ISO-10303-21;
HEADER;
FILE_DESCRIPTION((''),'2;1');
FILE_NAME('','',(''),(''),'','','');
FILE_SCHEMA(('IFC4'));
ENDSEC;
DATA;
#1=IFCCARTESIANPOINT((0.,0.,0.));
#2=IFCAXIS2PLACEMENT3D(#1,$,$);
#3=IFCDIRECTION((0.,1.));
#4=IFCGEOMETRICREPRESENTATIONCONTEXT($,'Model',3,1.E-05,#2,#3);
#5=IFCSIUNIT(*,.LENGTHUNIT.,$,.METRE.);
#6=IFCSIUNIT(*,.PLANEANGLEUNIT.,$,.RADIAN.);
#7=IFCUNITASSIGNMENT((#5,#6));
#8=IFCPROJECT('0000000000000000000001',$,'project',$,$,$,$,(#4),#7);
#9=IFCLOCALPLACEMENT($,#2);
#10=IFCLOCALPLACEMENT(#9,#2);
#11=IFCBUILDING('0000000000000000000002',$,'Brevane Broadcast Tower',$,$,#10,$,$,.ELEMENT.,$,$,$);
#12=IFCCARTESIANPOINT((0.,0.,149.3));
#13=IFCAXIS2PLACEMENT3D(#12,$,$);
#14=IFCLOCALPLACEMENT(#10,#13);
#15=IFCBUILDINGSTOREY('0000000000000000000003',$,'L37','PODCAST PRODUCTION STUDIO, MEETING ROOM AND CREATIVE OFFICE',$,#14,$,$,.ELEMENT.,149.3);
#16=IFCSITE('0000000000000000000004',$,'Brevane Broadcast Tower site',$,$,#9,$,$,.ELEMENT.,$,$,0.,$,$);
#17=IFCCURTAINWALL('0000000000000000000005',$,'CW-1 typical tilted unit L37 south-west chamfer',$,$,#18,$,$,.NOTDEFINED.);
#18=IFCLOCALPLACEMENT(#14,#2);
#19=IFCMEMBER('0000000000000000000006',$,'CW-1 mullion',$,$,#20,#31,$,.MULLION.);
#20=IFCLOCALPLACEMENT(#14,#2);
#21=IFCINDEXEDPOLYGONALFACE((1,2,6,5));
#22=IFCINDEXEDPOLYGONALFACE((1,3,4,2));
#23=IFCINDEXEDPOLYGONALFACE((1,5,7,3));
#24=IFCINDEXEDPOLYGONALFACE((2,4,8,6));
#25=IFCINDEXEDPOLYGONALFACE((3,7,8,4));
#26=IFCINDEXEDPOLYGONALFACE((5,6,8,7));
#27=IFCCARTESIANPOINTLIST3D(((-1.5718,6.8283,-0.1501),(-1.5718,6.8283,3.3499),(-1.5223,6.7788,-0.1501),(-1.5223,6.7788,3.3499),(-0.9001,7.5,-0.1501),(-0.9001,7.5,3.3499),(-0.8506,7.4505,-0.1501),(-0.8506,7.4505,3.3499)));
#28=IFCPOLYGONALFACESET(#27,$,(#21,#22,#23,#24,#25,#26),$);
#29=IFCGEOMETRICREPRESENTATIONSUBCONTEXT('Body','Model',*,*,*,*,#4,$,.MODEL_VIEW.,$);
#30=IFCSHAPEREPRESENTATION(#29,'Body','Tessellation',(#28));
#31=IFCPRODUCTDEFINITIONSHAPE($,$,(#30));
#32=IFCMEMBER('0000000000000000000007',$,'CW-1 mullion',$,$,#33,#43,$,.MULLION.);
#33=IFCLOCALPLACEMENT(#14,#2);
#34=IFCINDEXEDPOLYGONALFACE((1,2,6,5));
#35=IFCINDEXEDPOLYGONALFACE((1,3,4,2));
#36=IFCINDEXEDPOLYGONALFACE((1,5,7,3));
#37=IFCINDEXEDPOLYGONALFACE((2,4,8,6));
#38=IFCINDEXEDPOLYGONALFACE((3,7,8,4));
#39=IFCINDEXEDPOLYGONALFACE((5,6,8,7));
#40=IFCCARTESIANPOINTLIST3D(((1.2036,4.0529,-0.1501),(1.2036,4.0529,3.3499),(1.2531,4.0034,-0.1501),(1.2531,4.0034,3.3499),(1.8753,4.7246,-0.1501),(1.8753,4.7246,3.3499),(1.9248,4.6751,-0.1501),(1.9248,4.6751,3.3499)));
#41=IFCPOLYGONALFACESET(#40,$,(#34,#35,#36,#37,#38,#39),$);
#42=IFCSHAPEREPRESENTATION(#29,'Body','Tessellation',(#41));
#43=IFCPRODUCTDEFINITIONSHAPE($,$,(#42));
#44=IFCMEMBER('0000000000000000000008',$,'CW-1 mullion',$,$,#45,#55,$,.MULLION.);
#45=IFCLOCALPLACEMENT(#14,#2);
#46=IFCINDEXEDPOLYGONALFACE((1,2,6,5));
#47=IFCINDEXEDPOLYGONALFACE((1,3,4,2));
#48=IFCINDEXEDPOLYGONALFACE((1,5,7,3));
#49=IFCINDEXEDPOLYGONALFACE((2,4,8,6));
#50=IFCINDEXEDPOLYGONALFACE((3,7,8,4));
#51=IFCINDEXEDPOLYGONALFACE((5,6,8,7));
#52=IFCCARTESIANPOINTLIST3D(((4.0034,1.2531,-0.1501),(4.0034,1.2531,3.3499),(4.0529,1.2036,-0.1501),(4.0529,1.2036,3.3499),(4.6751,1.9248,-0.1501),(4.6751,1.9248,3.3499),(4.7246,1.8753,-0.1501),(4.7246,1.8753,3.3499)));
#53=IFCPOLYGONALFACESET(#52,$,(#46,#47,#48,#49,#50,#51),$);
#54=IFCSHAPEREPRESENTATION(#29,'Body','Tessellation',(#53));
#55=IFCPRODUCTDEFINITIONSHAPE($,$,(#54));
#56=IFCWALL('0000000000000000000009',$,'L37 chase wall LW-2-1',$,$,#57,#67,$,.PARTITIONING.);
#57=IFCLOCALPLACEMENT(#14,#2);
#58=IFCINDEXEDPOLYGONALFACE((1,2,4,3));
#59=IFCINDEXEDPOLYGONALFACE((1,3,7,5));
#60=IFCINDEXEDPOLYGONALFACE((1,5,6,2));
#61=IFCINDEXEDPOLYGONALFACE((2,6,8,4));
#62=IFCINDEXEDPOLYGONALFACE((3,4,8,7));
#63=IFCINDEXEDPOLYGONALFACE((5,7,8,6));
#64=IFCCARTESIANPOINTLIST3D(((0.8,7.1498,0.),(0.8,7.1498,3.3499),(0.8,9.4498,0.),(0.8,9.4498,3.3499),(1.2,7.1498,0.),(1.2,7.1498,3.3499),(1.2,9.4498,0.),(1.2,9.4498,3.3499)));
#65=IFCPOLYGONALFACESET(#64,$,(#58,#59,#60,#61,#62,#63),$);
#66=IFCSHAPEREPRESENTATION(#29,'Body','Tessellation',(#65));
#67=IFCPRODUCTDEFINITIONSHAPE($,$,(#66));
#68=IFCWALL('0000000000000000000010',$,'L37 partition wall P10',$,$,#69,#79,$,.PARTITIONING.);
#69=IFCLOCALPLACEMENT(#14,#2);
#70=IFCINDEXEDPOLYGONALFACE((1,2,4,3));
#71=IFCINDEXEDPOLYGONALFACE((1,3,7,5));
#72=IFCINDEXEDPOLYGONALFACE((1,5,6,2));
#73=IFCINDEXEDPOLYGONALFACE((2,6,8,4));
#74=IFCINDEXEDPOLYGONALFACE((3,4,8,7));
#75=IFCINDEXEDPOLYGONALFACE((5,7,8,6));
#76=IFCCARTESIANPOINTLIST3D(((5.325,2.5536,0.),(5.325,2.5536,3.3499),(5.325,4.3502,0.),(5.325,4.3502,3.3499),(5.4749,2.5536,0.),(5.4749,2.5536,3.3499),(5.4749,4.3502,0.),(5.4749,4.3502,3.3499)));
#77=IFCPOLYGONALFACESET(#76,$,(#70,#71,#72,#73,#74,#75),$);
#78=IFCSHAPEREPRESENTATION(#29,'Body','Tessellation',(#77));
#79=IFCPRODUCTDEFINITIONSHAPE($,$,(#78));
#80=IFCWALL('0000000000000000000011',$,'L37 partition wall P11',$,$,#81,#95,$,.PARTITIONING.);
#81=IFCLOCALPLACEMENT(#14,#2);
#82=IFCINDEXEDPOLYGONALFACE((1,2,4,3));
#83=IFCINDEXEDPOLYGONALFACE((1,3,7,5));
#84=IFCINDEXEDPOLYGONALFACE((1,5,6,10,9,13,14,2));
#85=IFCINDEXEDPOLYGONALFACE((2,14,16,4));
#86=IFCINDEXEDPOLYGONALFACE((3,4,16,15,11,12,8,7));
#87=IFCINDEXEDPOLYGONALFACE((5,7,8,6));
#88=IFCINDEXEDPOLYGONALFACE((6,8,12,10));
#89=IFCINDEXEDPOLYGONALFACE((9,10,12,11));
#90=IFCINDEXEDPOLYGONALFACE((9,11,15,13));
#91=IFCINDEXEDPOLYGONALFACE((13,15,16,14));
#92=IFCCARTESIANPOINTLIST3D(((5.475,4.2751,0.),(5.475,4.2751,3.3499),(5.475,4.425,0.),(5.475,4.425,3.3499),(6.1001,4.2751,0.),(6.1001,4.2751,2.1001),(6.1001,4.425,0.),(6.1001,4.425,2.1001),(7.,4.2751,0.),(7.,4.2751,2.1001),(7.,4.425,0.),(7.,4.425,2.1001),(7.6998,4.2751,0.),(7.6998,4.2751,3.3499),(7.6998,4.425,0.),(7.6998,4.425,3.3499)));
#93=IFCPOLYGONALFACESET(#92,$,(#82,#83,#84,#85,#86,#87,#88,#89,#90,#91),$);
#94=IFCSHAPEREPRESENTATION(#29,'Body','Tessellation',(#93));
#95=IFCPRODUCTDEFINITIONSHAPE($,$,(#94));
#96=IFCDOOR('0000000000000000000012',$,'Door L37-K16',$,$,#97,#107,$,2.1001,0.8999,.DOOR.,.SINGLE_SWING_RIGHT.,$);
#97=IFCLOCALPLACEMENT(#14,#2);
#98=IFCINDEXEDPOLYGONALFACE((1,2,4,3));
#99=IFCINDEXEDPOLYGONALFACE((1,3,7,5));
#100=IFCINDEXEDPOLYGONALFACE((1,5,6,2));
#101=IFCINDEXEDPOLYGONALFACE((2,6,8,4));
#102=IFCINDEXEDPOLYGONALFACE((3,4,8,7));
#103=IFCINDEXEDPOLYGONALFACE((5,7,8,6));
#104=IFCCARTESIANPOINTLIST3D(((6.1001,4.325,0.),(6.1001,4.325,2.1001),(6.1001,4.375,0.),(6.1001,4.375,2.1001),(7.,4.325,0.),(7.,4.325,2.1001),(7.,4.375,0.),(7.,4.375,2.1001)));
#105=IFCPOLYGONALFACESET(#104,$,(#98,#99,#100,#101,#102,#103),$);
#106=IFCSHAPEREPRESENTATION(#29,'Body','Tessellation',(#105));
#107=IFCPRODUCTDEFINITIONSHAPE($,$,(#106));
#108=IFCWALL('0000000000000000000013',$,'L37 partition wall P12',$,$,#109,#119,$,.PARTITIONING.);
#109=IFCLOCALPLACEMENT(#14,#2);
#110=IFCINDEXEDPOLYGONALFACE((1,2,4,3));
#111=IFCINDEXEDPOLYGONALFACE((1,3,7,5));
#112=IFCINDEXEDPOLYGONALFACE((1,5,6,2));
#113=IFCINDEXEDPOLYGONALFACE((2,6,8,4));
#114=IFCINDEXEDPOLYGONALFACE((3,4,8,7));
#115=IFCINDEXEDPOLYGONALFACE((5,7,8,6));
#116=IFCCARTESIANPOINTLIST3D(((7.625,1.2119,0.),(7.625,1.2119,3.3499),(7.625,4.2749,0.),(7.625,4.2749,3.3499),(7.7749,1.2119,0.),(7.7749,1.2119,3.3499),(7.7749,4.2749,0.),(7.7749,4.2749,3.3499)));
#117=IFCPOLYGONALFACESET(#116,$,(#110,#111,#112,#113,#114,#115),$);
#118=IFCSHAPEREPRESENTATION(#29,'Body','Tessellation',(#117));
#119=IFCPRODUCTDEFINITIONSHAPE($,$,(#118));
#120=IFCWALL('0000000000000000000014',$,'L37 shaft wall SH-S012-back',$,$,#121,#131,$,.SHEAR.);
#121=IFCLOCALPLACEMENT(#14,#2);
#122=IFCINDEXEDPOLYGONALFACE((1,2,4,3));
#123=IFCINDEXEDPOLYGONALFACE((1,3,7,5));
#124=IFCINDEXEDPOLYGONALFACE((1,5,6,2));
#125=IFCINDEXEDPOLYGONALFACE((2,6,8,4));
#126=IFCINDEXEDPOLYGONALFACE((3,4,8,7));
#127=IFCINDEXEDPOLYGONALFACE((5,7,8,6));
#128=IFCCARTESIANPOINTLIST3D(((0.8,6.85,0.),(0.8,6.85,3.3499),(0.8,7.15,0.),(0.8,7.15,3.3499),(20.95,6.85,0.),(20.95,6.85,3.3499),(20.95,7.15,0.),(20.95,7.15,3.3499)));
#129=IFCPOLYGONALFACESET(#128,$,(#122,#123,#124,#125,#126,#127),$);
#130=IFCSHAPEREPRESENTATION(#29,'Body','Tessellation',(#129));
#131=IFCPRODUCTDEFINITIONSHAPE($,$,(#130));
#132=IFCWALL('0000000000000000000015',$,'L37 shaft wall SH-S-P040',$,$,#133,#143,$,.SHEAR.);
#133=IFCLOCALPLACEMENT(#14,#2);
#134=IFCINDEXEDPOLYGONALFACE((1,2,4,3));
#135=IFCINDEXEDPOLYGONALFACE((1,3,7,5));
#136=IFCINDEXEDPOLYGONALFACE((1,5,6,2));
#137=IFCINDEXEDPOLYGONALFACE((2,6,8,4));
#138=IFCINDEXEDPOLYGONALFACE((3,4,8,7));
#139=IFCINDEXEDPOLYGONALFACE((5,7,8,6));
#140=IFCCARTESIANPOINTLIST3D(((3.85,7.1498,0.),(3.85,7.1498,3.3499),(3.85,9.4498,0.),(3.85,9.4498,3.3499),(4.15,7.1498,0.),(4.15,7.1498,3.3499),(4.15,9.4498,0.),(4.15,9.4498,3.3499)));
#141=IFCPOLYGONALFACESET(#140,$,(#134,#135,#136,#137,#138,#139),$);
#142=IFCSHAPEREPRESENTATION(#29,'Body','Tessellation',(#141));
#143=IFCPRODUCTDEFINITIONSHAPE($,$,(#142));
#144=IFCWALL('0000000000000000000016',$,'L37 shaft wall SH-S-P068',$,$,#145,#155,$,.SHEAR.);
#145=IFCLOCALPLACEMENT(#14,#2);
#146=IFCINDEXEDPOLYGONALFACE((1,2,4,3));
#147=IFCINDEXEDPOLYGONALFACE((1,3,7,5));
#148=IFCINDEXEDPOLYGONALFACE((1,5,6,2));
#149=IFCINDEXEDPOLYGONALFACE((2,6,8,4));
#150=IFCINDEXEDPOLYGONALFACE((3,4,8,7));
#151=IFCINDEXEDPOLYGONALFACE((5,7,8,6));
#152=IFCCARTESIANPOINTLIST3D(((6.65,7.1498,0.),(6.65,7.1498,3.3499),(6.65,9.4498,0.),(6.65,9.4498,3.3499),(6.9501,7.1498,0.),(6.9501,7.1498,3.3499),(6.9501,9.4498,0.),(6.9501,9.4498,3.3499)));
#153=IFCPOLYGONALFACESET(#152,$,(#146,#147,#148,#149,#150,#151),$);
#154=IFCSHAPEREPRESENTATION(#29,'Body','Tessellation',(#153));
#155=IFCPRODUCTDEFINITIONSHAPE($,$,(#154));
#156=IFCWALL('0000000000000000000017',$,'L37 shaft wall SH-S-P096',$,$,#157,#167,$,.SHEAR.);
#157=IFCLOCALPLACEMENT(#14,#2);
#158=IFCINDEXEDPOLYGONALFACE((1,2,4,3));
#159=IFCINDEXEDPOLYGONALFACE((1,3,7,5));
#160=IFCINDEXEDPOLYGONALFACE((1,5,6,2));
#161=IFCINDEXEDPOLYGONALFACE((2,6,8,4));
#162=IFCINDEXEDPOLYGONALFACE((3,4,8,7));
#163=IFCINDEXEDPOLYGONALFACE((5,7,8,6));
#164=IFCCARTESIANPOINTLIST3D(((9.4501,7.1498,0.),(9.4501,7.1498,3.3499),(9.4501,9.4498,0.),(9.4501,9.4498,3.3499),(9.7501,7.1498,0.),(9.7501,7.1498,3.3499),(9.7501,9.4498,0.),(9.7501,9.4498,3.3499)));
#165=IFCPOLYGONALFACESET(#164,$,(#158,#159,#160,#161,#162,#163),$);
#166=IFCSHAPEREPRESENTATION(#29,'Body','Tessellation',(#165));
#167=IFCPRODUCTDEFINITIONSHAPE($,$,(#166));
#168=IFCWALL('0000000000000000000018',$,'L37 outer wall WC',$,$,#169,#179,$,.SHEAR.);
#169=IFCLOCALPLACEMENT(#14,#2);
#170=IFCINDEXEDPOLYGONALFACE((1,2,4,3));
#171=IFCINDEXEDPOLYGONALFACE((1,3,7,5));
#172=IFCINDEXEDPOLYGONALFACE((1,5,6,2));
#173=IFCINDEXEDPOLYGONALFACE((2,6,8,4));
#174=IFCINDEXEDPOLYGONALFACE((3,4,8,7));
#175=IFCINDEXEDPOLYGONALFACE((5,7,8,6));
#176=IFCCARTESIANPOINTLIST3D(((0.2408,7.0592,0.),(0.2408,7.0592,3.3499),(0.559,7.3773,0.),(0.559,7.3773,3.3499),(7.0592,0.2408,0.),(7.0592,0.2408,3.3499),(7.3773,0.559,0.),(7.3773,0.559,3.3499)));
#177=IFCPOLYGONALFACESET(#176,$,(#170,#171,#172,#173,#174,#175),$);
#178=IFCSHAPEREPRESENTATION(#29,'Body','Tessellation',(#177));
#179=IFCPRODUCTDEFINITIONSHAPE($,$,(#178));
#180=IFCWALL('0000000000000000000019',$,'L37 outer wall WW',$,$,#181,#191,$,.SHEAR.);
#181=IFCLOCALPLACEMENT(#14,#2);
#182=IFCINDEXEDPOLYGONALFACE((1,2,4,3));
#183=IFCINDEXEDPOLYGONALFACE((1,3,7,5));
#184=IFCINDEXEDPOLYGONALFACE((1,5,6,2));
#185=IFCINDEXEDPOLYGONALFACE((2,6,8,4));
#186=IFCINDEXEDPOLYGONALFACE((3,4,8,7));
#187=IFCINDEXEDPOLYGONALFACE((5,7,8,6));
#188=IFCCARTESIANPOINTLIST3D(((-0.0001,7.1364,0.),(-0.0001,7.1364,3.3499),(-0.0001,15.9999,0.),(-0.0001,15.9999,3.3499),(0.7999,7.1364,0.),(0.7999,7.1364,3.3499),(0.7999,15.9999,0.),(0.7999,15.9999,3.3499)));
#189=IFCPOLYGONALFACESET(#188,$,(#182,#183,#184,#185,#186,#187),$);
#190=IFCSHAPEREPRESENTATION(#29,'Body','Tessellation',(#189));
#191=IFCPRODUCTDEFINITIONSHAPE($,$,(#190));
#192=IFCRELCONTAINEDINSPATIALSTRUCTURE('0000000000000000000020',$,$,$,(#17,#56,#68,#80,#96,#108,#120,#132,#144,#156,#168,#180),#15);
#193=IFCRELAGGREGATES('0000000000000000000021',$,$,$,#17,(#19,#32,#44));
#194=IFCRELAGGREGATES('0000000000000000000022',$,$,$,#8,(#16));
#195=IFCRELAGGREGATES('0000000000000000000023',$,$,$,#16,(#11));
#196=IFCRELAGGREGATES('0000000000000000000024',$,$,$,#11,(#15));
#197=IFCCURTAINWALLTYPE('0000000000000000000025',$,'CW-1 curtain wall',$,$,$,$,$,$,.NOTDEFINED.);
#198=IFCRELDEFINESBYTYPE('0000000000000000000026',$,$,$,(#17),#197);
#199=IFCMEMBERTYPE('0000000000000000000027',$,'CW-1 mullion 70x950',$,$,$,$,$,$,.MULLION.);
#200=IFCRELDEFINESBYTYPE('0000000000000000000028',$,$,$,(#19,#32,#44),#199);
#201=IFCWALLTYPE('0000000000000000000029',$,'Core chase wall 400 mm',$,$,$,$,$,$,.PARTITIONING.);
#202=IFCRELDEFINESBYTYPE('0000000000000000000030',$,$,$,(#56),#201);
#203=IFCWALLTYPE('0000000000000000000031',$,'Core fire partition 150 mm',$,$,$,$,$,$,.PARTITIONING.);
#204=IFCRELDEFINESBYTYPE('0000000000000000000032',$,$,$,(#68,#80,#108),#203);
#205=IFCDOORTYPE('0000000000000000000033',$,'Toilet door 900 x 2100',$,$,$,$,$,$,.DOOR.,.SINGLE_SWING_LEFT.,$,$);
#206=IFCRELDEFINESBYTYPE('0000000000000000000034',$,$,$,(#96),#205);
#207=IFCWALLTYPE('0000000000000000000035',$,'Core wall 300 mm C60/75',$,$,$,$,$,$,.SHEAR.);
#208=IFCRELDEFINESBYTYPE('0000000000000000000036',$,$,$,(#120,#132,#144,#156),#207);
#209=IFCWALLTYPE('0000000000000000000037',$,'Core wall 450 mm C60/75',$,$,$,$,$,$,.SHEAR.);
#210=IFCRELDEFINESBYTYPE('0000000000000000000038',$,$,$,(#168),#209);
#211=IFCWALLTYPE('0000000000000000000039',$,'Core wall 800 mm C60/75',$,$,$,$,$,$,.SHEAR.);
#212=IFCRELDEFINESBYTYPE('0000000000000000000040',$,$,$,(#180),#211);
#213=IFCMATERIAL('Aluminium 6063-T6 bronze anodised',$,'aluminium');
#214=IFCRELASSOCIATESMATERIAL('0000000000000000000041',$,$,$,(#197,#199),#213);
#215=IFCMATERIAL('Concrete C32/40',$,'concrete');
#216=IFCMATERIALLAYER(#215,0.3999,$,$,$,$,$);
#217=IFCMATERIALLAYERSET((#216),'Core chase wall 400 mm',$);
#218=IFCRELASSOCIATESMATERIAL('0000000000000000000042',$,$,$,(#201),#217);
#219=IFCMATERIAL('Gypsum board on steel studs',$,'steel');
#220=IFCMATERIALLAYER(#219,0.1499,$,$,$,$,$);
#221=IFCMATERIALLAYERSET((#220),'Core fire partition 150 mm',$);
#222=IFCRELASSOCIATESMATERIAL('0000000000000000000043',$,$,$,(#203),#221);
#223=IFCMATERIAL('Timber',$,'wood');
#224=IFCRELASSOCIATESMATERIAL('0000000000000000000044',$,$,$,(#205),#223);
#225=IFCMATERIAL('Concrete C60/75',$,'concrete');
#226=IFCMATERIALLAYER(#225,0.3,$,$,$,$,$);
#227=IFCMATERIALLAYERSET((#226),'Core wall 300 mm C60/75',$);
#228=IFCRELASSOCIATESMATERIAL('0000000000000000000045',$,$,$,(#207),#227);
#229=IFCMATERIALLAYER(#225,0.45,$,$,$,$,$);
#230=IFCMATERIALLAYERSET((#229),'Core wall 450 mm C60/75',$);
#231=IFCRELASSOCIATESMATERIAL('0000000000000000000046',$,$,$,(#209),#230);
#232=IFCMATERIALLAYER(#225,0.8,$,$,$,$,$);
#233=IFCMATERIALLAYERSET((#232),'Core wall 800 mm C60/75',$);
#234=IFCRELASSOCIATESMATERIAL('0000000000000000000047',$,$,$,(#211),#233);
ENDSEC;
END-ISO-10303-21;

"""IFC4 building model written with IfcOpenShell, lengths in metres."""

from ifc_helpers import new_model, si_unit, direction, frame, frame_2d, origin, origin_2d, place, context, subcontext, project, spatial, rectangle, extrude, material, layer, layer_set, material_profile, profile_set, type_object, element, fill, aggregate, save


model = new_model("IFC4")

# Units and contexts
model_context = context("Model", 3, precision=1e-05, world=origin(), true_north=direction((0.0, 1.0)))
body_context = subcontext(model_context, "Body", "Model", "MODEL_VIEW")
ifc_project = project(units=[si_unit("LENGTHUNIT", "METRE"), si_unit("PLANEANGLEUNIT", "RADIAN")], contexts=[model_context])

# Site, building, storey
site_placement = place(None, origin())
site = spatial("IfcSite", under=ifc_project, at=site_placement, Name="Brevane Broadcast Tower site", CompositionType="ELEMENT", RefElevation=0.0)
building_placement = place(site_placement, origin())
building = spatial("IfcBuilding", under=site, at=building_placement, Name="Brevane Broadcast Tower", CompositionType="ELEMENT")
storey_placement = place(building_placement, frame((0.0, 0.0, 149.3)))
storey = spatial("IfcBuildingStorey", under=building, at=storey_placement, Name="L37", Description="PODCAST PRODUCTION STUDIO, MEETING ROOM AND CREATIVE OFFICE", CompositionType="ELEMENT", Elevation=149.3)

# Curtain wall, members
ifc_material_1 = material(Name="Aluminium 6063-T6 bronze anodised", Category="aluminium")
curtain_wall_type = type_object("IfcCurtainWallType", Name="CW-1 curtain wall", PredefinedType="NOTDEFINED", material=ifc_material_1)
curtain_wall_placement = place(storey_placement, origin())
curtain_wall = element("IfcCurtainWall", 1, at=curtain_wall_placement, inside=storey, type_object=curtain_wall_type, Name="CW-1 typical tilted unit L37 south-west chamfer", PredefinedType="NOTDEFINED")
ifc_material_profile = material_profile(ifc_material_1, rectangle(XDim=0.95, YDim=0.0701, at=origin_2d()), Name="RECT 70x950")
ifc_profile_set = profile_set([ifc_material_profile], Name="Aluminium 6063-T6 bronze anodised")
member_type = type_object("IfcMemberType", Name="CW-1 mullion 70x950", PredefinedType="MULLION", material=ifc_profile_set)
member_1_placement = place(storey_placement, frame((-1.2112, 7.1394, -0.1501), z_axis=(0.0, 0.0, 1.0), x_axis=(0.707107, 0.707107, 0.0)))
member_1 = element("IfcMember", 2, at=member_1_placement, type_object=member_type, Name="CW-1 mullion", PredefinedType="MULLION", context=body_context, shape_type="SweptSolid", body=[
    extrude(rectangle(XDim=0.95, YDim=0.0701, at=origin_2d()), origin(), (0.0, 0.0, 1.0), 3.5),
])
member_2_placement = place(storey_placement, frame((1.5642, 4.364, -0.1501), z_axis=(0.0, 0.0, 1.0), x_axis=(0.707107, 0.707107, 0.0)))
member_2 = element("IfcMember", 3, at=member_2_placement, type_object=member_type, Name="CW-1 mullion", PredefinedType="MULLION", context=body_context, shape_type="SweptSolid", body=[
    extrude(rectangle(XDim=0.95, YDim=0.0701, at=origin_2d()), origin(), (0.0, 0.0, 1.0), 3.5),
])
member_3_placement = place(storey_placement, frame((4.364, 1.5642, -0.1501), z_axis=(0.0, 0.0, 1.0), x_axis=(0.707107, 0.707107, 0.0)))
member_3 = element("IfcMember", 4, at=member_3_placement, type_object=member_type, Name="CW-1 mullion", PredefinedType="MULLION", context=body_context, shape_type="SweptSolid", body=[
    extrude(rectangle(XDim=0.95, YDim=0.0701, at=origin_2d()), origin(), (0.0, 0.0, 1.0), 3.5),
])
aggregate(curtain_wall, [member_1, member_2, member_3])

# Walls
ifc_material_2 = material(Name="Concrete C32/40", Category="concrete")
ifc_layer_1 = layer(ifc_material_2, 0.3999)
ifc_layer_set_1 = layer_set([ifc_layer_1], Name="Core chase wall 400 mm")
wall_type_1 = type_object("IfcWallType", Name="Core chase wall 400 mm", PredefinedType="PARTITIONING", material=ifc_layer_set_1)
wall_1_placement = place(storey_placement, frame((1.0, 7.1499, 0.0), z_axis=(0.0, 0.0, 1.0), x_axis=(0.0, 1.0, 0.0)))
element("IfcWall", 5, at=wall_1_placement, inside=storey, type_object=wall_type_1, Name="L37 chase wall LW-2-1", PredefinedType="PARTITIONING", context=body_context, shape_type="SweptSolid", body=[
    extrude(rectangle(XDim=2.3, YDim=0.3999, at=frame_2d((1.1499, 0.0))), origin(), (0.0, 0.0, 1.0), 3.3499),
])
ifc_material_3 = material(Name="Gypsum board on steel studs", Category="steel")
ifc_layer_2 = layer(ifc_material_3, 0.1499)
ifc_layer_set_2 = layer_set([ifc_layer_2], Name="Core fire partition 150 mm")
wall_type_2 = type_object("IfcWallType", Name="Core fire partition 150 mm", PredefinedType="PARTITIONING", material=ifc_layer_set_2)
wall_2_placement = place(storey_placement, frame((5.3999, 2.5535, 0.0), z_axis=(0.0, 0.0, 1.0), x_axis=(0.0, 1.0, 0.0)))
element("IfcWall", 6, at=wall_2_placement, inside=storey, type_object=wall_type_2, Name="L37 partition wall P10", PredefinedType="PARTITIONING", context=body_context, shape_type="SweptSolid", body=[
    extrude(rectangle(XDim=1.7966, YDim=0.1499, at=frame_2d((0.8984, 0.0))), origin(), (0.0, 0.0, 1.0), 3.3499),
])

# Wall, opening, door
wall_3_placement = place(storey_placement, frame((5.4751, 4.3501, 0.0), z_axis=(0.0, 0.0, 1.0), x_axis=(1.0, 0.0, 0.0)))
wall_3 = element("IfcWall", 7, at=wall_3_placement, inside=storey, type_object=wall_type_2, Name="L37 partition wall P11", PredefinedType="PARTITIONING", context=body_context, shape_type="SweptSolid", body=[
    extrude(rectangle(XDim=2.2249, YDim=0.1499, at=frame_2d((1.1123, 0.0))), origin(), (0.0, 0.0, 1.0), 3.3499),
])
opening_placement = place(wall_3_placement, frame((0.625, 0.0, 0.0)))
opening = element("IfcOpeningElement", 8, at=opening_placement, cuts=wall_3, PredefinedType="OPENING", context=body_context, shape_type="SweptSolid", body=[
    extrude(rectangle(XDim=0.8999, YDim=2.1001, at=frame_2d((0.45, 1.05))), frame((0.0, 0.085, 0.0), z_axis=(0.0, -1.0, 0.0), x_axis=(1.0, 0.0, 0.0)), (0.0, 0.0, 1.0), 0.1699),
])
ifc_material_4 = material(Name="Timber", Category="wood")
door_type = type_object("IfcDoorType", Name="Toilet door 900 x 2100", OperationType="SINGLE_SWING_LEFT", PredefinedType="DOOR", material=ifc_material_4)
door_placement = place(opening_placement, origin())
door = element("IfcDoor", 9, at=door_placement, inside=storey, type_object=door_type, Name="Door L37-K16", OperationType="SINGLE_SWING_RIGHT", OverallHeight=2.1001, OverallWidth=0.8999, PredefinedType="DOOR", context=body_context, shape_type="SweptSolid", body=[
    extrude(rectangle(XDim=0.8999, YDim=2.1001, at=frame_2d((0.45, 1.05))), frame((0.0, 0.0249, 0.0), z_axis=(0.0, -1.0, 0.0), x_axis=(1.0, 0.0, 0.0)), (0.0, 0.0, 1.0), 0.05),
])
fill(opening, door)

# Walls
wall_4_placement = place(storey_placement, frame((7.7, 4.2749, 0.0), z_axis=(0.0, 0.0, 1.0), x_axis=(0.0, -1.0, 0.0)))
element("IfcWall", 10, at=wall_4_placement, inside=storey, type_object=wall_type_2, Name="L37 partition wall P12", PredefinedType="PARTITIONING", context=body_context, shape_type="SweptSolid", body=[
    extrude(rectangle(XDim=3.063, YDim=0.1499, at=frame_2d((1.5315, 0.0))), origin(), (0.0, 0.0, 1.0), 3.3499),
])
ifc_material_5 = material(Name="Concrete C60/75", Category="concrete")
ifc_layer_3 = layer(ifc_material_5, 0.3)
ifc_layer_set_3 = layer_set([ifc_layer_3], Name="Core wall 300 mm C60/75")
wall_type_3 = type_object("IfcWallType", Name="Core wall 300 mm C60/75", PredefinedType="SHEAR", material=ifc_layer_set_3)
wall_5_placement = place(storey_placement, frame((0.8, 7.0, 0.0), z_axis=(0.0, 0.0, 1.0), x_axis=(1.0, 0.0, 0.0)))
element("IfcWall", 11, at=wall_5_placement, inside=storey, type_object=wall_type_3, Name="L37 shaft wall SH-S012-back", PredefinedType="SHEAR", context=body_context, shape_type="SweptSolid", body=[
    extrude(rectangle(XDim=20.1499, YDim=0.3, at=frame_2d((10.075, 0.0))), origin(), (0.0, 0.0, 1.0), 3.3499),
])
for number, where, z_axis, x_axis, name in (
    (12, (4.0, 7.1499, 0.0), (0.0, 0.0, 1.0), (0.0, 1.0, 0.0), "L37 shaft wall SH-S-P040"),
    (13, (6.8, 7.1499, 0.0), (0.0, 0.0, 1.0), (0.0, 1.0, 0.0), "L37 shaft wall SH-S-P068"),
    (14, (9.6001, 7.1499, 0.0), (0.0, 0.0, 1.0), (0.0, 1.0, 0.0), "L37 shaft wall SH-S-P096"),
):
    element("IfcWall", number, at=place(storey_placement, frame(where, z_axis=z_axis, x_axis=x_axis)), inside=storey, type_object=wall_type_3, Name=name, PredefinedType="SHEAR", context=body_context, shape_type="SweptSolid", body=[
        extrude(rectangle(XDim=2.3, YDim=0.3, at=frame_2d((1.1499, 0.0))), origin(), (0.0, 0.0, 1.0), 3.3499),
    ])
ifc_layer_4 = layer(ifc_material_5, 0.45)
ifc_layer_set_4 = layer_set([ifc_layer_4], Name="Core wall 450 mm C60/75")
wall_type_4 = type_object("IfcWallType", Name="Core wall 450 mm C60/75", PredefinedType="SHEAR", material=ifc_layer_set_4)
wall_6_placement = place(storey_placement, frame((0.3999, 7.2183, 0.0), z_axis=(0.0, 0.0, 1.0), x_axis=(0.707107, -0.707107, 0.0)))
element("IfcWall", 15, at=wall_6_placement, inside=storey, type_object=wall_type_4, Name="L37 outer wall WC", PredefinedType="SHEAR", context=body_context, shape_type="SweptSolid", body=[
    extrude(rectangle(XDim=9.6426, YDim=0.45, at=frame_2d((4.8213, 0.0))), origin(), (0.0, 0.0, 1.0), 3.3499),
])
ifc_layer_5 = layer(ifc_material_5, 0.8)
ifc_layer_set_5 = layer_set([ifc_layer_5], Name="Core wall 800 mm C60/75")
wall_type_5 = type_object("IfcWallType", Name="Core wall 800 mm C60/75", PredefinedType="SHEAR", material=ifc_layer_set_5)
wall_7_placement = place(storey_placement, frame((0.3999, 7.1365, 0.0), z_axis=(0.0, 0.0, 1.0), x_axis=(0.0, 1.0, 0.0)))
element("IfcWall", 16, at=wall_7_placement, inside=storey, type_object=wall_type_5, Name="L37 outer wall WW", PredefinedType="SHEAR", context=body_context, shape_type="SweptSolid", body=[
    extrude(rectangle(XDim=8.8635, YDim=0.8, at=frame_2d((4.4316, 0.0))), origin(), (0.0, 0.0, 1.0), 3.3499),
])

save(model, "model.ifc")
